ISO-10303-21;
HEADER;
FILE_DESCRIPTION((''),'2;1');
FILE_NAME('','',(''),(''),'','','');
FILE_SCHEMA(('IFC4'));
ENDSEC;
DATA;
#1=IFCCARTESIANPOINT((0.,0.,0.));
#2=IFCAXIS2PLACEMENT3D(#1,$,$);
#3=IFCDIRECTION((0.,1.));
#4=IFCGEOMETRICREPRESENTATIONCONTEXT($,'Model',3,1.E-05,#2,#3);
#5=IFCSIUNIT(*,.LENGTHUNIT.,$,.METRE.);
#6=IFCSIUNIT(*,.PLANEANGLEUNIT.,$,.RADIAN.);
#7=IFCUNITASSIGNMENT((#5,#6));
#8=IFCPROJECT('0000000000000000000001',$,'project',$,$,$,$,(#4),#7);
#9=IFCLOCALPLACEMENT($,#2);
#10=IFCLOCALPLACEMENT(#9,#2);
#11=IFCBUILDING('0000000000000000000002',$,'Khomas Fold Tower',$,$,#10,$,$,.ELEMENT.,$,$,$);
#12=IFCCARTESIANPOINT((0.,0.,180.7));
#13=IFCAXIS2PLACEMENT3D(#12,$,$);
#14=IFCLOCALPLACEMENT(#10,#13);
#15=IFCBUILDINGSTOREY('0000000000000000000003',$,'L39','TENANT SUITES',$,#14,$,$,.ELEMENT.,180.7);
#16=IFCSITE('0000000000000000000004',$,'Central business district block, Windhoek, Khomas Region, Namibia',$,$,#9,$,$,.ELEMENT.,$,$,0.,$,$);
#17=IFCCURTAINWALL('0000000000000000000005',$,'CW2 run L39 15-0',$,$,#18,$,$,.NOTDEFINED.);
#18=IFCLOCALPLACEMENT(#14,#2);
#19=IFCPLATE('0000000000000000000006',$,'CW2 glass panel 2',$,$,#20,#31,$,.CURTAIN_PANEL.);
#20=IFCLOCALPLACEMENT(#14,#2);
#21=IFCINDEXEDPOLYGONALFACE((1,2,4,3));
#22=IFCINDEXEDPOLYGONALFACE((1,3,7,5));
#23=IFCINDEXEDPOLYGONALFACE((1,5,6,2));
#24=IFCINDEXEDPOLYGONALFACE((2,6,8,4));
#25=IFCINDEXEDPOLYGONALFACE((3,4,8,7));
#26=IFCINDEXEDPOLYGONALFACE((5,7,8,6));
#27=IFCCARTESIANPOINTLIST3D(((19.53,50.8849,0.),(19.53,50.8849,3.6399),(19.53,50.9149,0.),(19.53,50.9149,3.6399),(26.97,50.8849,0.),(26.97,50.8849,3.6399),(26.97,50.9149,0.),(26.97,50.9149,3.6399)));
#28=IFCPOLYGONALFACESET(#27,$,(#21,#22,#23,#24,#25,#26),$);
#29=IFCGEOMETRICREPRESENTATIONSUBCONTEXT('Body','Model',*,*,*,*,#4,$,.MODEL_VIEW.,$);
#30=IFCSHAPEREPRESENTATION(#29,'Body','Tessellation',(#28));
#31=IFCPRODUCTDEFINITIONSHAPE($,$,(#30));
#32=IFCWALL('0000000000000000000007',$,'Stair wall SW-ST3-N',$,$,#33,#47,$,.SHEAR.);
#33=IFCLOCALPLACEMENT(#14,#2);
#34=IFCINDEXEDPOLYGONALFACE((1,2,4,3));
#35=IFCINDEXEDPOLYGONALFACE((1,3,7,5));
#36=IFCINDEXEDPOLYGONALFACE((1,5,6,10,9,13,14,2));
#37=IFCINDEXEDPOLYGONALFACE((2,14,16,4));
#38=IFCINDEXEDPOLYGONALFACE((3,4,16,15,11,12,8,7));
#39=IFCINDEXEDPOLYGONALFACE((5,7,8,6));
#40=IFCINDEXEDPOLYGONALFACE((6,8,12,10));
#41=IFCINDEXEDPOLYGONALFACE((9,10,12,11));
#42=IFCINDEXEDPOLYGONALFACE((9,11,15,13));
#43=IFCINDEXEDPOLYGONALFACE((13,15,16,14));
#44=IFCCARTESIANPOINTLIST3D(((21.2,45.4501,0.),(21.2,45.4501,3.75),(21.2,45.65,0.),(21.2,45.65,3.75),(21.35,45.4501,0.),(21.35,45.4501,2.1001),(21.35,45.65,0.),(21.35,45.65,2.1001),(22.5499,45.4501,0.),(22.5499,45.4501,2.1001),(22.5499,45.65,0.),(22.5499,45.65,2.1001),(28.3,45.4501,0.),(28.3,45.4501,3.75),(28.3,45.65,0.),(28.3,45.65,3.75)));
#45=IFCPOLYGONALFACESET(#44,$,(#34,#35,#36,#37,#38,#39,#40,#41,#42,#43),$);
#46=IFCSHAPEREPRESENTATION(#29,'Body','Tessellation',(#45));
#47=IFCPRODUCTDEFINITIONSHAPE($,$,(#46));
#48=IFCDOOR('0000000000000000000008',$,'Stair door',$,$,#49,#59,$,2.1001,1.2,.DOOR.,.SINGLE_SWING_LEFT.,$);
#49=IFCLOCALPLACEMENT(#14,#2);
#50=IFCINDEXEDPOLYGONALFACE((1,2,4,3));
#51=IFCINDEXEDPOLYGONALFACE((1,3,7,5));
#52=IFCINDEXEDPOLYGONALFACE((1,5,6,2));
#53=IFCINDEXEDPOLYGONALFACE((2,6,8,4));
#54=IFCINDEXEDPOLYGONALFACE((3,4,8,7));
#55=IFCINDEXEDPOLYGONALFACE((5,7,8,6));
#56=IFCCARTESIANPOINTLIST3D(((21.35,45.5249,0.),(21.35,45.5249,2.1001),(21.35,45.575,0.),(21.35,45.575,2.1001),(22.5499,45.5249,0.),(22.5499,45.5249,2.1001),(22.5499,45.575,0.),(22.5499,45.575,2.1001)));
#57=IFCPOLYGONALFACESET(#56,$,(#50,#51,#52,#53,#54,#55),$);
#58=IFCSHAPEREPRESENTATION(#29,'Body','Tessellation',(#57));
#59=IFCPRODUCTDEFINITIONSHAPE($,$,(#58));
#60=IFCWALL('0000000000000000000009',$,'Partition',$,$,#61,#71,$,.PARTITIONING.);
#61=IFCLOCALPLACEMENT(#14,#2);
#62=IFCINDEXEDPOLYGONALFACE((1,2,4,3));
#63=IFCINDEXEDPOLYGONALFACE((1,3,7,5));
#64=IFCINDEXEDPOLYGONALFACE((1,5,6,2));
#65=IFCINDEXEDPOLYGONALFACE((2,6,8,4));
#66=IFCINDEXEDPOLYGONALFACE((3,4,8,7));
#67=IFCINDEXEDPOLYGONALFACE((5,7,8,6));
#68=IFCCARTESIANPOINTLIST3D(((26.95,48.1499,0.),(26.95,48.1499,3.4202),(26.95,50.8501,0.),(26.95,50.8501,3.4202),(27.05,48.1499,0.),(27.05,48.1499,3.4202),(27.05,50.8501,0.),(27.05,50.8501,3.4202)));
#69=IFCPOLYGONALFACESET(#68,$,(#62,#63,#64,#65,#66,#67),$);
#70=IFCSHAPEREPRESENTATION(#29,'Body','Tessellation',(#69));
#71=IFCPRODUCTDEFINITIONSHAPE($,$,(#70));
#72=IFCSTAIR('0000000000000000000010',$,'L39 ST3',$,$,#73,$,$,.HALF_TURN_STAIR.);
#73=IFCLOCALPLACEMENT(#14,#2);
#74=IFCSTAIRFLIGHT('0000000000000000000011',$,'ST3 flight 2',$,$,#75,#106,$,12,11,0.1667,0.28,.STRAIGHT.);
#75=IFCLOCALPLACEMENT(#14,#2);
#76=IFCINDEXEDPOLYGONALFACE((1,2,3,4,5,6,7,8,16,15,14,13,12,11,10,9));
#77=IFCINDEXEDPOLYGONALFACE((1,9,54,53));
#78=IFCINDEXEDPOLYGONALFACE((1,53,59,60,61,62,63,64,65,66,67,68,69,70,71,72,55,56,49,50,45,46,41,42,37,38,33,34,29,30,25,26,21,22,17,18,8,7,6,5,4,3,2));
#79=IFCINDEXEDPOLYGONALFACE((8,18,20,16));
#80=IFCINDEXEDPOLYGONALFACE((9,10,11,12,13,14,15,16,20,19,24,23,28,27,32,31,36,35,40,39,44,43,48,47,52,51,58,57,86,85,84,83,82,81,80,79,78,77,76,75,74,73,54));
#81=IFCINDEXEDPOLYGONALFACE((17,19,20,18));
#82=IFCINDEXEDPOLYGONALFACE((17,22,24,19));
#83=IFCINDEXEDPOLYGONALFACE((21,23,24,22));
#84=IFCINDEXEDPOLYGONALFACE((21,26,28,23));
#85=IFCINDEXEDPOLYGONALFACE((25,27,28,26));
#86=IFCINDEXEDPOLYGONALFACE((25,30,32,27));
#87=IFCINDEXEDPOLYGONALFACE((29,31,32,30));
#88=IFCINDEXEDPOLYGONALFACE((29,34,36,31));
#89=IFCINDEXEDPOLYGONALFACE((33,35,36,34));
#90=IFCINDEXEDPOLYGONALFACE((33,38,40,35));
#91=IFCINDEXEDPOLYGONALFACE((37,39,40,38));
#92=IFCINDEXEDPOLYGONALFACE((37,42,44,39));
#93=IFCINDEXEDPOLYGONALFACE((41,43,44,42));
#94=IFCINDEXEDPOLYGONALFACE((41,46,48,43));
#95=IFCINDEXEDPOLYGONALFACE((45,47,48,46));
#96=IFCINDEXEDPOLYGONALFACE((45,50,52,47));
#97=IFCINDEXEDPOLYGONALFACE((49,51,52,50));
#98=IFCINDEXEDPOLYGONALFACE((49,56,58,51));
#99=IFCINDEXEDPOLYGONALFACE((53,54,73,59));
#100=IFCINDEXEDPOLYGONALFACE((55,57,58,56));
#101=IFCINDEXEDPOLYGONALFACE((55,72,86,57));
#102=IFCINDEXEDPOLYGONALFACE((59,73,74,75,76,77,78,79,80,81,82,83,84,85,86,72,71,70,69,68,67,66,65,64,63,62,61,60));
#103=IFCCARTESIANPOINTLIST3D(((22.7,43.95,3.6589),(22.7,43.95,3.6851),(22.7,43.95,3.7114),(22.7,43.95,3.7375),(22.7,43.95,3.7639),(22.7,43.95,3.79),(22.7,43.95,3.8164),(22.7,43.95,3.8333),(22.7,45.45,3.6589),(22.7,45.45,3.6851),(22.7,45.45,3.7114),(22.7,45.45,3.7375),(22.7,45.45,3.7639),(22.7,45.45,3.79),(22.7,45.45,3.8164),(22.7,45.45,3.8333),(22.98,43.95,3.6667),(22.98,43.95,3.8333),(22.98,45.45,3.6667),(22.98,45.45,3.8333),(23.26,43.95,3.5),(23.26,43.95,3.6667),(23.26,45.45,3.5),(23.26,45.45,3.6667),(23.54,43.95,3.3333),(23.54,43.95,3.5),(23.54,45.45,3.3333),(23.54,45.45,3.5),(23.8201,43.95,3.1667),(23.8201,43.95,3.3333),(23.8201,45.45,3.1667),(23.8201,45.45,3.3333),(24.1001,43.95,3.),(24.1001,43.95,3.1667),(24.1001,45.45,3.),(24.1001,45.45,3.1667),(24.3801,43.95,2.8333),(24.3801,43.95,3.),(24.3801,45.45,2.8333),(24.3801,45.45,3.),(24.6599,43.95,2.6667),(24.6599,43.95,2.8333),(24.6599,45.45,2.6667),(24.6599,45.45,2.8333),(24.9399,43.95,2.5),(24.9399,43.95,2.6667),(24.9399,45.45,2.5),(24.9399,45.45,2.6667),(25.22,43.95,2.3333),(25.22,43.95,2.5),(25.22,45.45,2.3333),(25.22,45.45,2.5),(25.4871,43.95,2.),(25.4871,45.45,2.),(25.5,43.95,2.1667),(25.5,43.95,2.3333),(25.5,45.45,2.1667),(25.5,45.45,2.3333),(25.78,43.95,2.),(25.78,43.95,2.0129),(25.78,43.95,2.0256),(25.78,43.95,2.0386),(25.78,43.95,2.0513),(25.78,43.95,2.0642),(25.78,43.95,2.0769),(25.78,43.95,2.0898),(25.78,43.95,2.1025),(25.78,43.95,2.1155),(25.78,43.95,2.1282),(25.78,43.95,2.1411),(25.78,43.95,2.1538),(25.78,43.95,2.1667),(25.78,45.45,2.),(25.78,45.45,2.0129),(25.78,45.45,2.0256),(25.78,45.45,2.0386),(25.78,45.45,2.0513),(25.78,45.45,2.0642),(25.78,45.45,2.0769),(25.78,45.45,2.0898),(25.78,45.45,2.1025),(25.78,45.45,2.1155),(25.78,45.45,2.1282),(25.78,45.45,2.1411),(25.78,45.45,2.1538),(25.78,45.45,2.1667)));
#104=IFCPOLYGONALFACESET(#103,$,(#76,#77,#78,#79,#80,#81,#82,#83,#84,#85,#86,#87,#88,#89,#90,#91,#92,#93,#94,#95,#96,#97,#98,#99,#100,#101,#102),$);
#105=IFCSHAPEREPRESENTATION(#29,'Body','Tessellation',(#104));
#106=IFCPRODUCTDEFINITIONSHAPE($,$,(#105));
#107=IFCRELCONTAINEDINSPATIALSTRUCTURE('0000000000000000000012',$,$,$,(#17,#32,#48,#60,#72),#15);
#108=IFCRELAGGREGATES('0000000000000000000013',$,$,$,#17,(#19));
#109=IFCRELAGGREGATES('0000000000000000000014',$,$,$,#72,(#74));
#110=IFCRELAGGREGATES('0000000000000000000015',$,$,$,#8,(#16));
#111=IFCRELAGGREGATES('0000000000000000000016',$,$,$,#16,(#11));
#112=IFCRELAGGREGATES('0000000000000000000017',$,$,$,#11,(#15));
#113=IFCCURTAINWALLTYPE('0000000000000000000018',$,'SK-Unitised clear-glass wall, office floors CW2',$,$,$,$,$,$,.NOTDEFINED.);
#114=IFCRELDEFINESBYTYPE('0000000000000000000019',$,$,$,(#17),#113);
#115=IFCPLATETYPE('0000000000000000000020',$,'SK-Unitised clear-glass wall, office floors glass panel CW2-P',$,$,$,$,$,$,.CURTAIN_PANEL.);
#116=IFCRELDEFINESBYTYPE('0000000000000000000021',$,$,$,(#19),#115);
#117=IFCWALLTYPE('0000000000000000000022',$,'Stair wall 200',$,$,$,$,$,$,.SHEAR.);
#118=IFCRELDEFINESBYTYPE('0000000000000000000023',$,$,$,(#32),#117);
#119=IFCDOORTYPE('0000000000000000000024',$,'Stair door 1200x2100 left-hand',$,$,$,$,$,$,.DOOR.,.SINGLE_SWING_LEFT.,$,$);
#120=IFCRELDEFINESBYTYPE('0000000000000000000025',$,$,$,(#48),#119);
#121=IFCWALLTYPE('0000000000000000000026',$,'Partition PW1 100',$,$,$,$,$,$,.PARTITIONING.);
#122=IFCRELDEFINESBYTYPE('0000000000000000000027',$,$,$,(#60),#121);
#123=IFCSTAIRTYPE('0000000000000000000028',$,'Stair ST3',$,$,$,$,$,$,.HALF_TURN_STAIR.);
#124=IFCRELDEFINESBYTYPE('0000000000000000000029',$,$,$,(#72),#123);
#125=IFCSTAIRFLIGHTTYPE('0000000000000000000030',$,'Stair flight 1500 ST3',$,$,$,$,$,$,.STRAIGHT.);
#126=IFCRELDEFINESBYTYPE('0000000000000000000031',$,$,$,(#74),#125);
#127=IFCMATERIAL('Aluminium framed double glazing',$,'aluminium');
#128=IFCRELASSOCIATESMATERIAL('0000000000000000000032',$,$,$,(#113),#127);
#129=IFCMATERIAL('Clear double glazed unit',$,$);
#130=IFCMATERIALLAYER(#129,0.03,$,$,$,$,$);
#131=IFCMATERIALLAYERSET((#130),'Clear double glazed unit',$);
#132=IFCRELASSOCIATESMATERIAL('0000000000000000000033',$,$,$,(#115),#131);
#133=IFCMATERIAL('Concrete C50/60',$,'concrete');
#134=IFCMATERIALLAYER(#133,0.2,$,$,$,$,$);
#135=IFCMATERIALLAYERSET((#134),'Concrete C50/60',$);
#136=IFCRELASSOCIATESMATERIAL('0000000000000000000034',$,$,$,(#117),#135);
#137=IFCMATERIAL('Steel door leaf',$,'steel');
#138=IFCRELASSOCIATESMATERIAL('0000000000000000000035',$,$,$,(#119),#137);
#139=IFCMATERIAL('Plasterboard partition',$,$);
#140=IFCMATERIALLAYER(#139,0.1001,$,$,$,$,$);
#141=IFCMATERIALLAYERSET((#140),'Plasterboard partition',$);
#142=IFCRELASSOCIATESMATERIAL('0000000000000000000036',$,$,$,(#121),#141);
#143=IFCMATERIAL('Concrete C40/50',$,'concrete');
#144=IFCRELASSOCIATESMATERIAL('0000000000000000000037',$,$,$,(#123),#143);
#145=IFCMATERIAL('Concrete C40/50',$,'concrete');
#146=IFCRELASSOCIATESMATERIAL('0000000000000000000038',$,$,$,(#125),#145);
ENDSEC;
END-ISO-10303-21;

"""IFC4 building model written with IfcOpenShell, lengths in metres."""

from ifc_helpers import new_model, si_unit, direction, frame, frame_2d, origin, origin_2d, place, context, subcontext, project, spatial, polyline, rectangle, outline, extrude, source, transform, mapped, material, layer, layer_set, type_object, element, fill, aggregate, save


model = new_model("IFC4")

# Units and contexts
model_context = context("Model", 3, precision=1e-05, world=origin(), true_north=direction((0.0, 1.0)))
body_context = subcontext(model_context, "Body", "Model", "MODEL_VIEW")
ifc_project = project(units=[si_unit("LENGTHUNIT", "METRE"), si_unit("PLANEANGLEUNIT", "RADIAN")], contexts=[model_context])

# Site, building, storey
site_placement = place(None, origin())
site = spatial("IfcSite", under=ifc_project, at=site_placement, Name="Central business district block, Windhoek, Khomas Region, Namibia", CompositionType="ELEMENT", RefElevation=0.0)
building_placement = place(site_placement, origin())
building = spatial("IfcBuilding", under=site, at=building_placement, Name="Khomas Fold Tower", CompositionType="ELEMENT")
storey_placement = place(building_placement, frame((0.0, 0.0, 180.7)))
storey = spatial("IfcBuildingStorey", under=building, at=storey_placement, Name="L39", Description="TENANT SUITES", CompositionType="ELEMENT", Elevation=180.7)

# Curtain wall, plate
ifc_material_1 = material(Name="Aluminium framed double glazing", Category="aluminium")
curtain_wall_type = type_object("IfcCurtainWallType", Name="SK-Unitised clear-glass wall, office floors CW2", PredefinedType="NOTDEFINED", material=ifc_material_1)
curtain_wall_placement = place(storey_placement, origin())
curtain_wall = element("IfcCurtainWall", 1, at=curtain_wall_placement, inside=storey, type_object=curtain_wall_type, Name="CW2 run L39 15-0", PredefinedType="NOTDEFINED")
ifc_material_2 = material(Name="Clear double glazed unit")
ifc_layer_1 = layer(ifc_material_2, 0.03)
ifc_layer_set_1 = layer_set([ifc_layer_1], Name="Clear double glazed unit")
plate_type = type_object("IfcPlateType", Name="SK-Unitised clear-glass wall, office floors glass panel CW2-P", PredefinedType="CURTAIN_PANEL", material=ifc_layer_set_1)
shared_shape_1 = source(origin(), body_context, "Body", "SweptSolid", [
    extrude(rectangle(XDim=7.4399, YDim=0.03, at=origin_2d()), origin(), (0.0, 0.0, 1.0), 3.6399),
])
plate_placement = place(storey_placement, frame((23.25, 50.8999, 0.0), z_axis=(0.0, 0.0, 1.0), x_axis=(-1.0, 0.0, 0.0)))
plate = element("IfcPlate", 2, at=plate_placement, type_object=plate_type, Name="CW2 glass panel 2", PredefinedType="CURTAIN_PANEL", context=body_context, shape_type="MappedRepresentation", body=[
    mapped(shared_shape_1, transform((0.0, 0.0, 0.0))),
])
aggregate(curtain_wall, [plate])

# Wall, opening, door
ifc_material_3 = material(Name="Concrete C50/60", Category="concrete")
ifc_layer_2 = layer(ifc_material_3, 0.2)
ifc_layer_set_2 = layer_set([ifc_layer_2], Name="Concrete C50/60")
wall_type_1 = type_object("IfcWallType", Name="Stair wall 200", PredefinedType="SHEAR", material=ifc_layer_set_2)
shared_shape_2 = source(origin(), body_context, "Body", "SweptSolid", [
    extrude(rectangle(XDim=7.1001, YDim=0.2, at=frame_2d((3.55, 0.0))), origin(), (0.0, 0.0, 1.0), 3.75),
])
wall_1_placement = place(storey_placement, frame((21.2, 45.55, 0.0), z_axis=(0.0, 0.0, 1.0), x_axis=(1.0, 0.0, 0.0)))
wall_1 = element("IfcWall", 3, at=wall_1_placement, inside=storey, type_object=wall_type_1, Name="Stair wall SW-ST3-N", PredefinedType="SHEAR", context=body_context, shape_type="MappedRepresentation", body=[
    mapped(shared_shape_2, transform((0.0, 0.0, 0.0))),
])
shared_shape_3 = source(origin(), body_context, "Body", "SweptSolid", [
    extrude(rectangle(XDim=1.2, YDim=2.1001, at=frame_2d((0.6001, 1.05))), frame((0.0, 0.1099, 0.0), z_axis=(0.0, -1.0, 0.0), x_axis=(1.0, 0.0, 0.0)), (0.0, 0.0, 1.0), 0.22),
])
opening_placement = place(wall_1_placement, frame((0.1499, 0.0, 0.0)))
opening = element("IfcOpeningElement", 4, at=opening_placement, cuts=wall_1, PredefinedType="OPENING", context=body_context, shape_type="MappedRepresentation", body=[
    mapped(shared_shape_3, transform((0.0, 0.0, 0.0))),
])
ifc_material_4 = material(Name="Steel door leaf", Category="steel")
door_type = type_object("IfcDoorType", Name="Stair door 1200x2100 left-hand", OperationType="SINGLE_SWING_LEFT", PredefinedType="DOOR", material=ifc_material_4)
shared_shape_4 = source(origin(), body_context, "Body", "SweptSolid", [
    extrude(rectangle(XDim=1.2, YDim=2.1001, at=frame_2d((0.6001, 1.05))), frame((0.0, 0.0249, 0.0), z_axis=(0.0, -1.0, 0.0), x_axis=(1.0, 0.0, 0.0)), (0.0, 0.0, 1.0), 0.05),
])
door_placement = place(opening_placement, origin())
door = element("IfcDoor", 5, at=door_placement, inside=storey, type_object=door_type, Name="Stair door", OperationType="SINGLE_SWING_LEFT", OverallHeight=2.1001, OverallWidth=1.2, PredefinedType="DOOR", context=body_context, shape_type="MappedRepresentation", body=[
    mapped(shared_shape_4, transform((0.0, 0.0, 0.0))),
])
fill(opening, door)

# Wall
ifc_material_5 = material(Name="Plasterboard partition")
ifc_layer_3 = layer(ifc_material_5, 0.1001)
ifc_layer_set_3 = layer_set([ifc_layer_3], Name="Plasterboard partition")
wall_type_2 = type_object("IfcWallType", Name="Partition PW1 100", PredefinedType="PARTITIONING", material=ifc_layer_set_3)
shared_shape_5 = source(origin(), body_context, "Body", "SweptSolid", [
    extrude(rectangle(XDim=2.7002, YDim=0.1001, at=frame_2d((1.3501, 0.0))), origin(), (0.0, 0.0, 1.0), 3.4202),
])
wall_2_placement = place(storey_placement, frame((27.0, 48.1499, 0.0), z_axis=(0.0, 0.0, 1.0), x_axis=(0.0, 1.0, 0.0)))
element("IfcWall", 6, at=wall_2_placement, inside=storey, type_object=wall_type_2, Name="Partition", PredefinedType="PARTITIONING", context=body_context, shape_type="MappedRepresentation", body=[
    mapped(shared_shape_5, transform((0.0, 0.0, 0.0))),
])

# Stair, stair flight
ifc_material_6 = material(Name="Concrete C40/50", Category="concrete")
stair_type = type_object("IfcStairType", Name="Stair ST3", PredefinedType="HALF_TURN_STAIR", material=ifc_material_6)
stair_placement = place(storey_placement, origin())
stair = element("IfcStair", 7, at=stair_placement, inside=storey, type_object=stair_type, Name="L39 ST3", PredefinedType="HALF_TURN_STAIR")
ifc_material_7 = material(Name="Concrete C40/50", Category="concrete")
stair_flight_type = type_object("IfcStairFlightType", Name="Stair flight 1500 ST3", PredefinedType="STRAIGHT", material=ifc_material_7)
shared_shape_6 = source(origin(), body_context, "Body", "SweptSolid", [
    extrude(outline(polyline([(0.0, 0.0), (0.0, 0.0129), (0.0, 0.0256), (0.0, 0.0386), (0.0, 0.0513), (0.0, 0.0642), (0.0, 0.0769), (0.0, 0.0898), (0.0, 0.1025), (0.0, 0.1155), (0.0, 0.1282), (0.0, 0.1411), (0.0, 0.1538), (0.0, 0.1667), (0.28, 0.1667), (0.28, 0.3333), (0.5601, 0.3333), (0.5601, 0.5), (0.8401, 0.5), (0.8401, 0.6667), (1.1201, 0.6667), (1.1201, 0.8333), (1.3999, 0.8333), (1.3999, 1.0), (1.6799, 1.0), (1.6799, 1.1667), (1.96, 1.1667), (1.96, 1.3333), (2.24, 1.3333), (2.24, 1.5), (2.52, 1.5), (2.52, 1.6667), (2.8, 1.6667), (2.8, 1.8333), (3.0801, 1.8333), (3.0801, 2.0), (3.0801, 1.9739), (3.0801, 1.9475), (3.0801, 1.9214), (3.0801, 1.895), (3.0801, 1.8689), (3.0801, 1.8425), (3.0801, 1.8164), (3.0801, 1.79), (3.0801, 1.7639), (3.0801, 1.7375), (3.0801, 1.7114), (3.0801, 1.6851), (3.0801, 1.6589), (0.293, 0.0), (0.0, 0.0)])), frame((0.0, 0.75, 0.0), z_axis=(0.0, -1.0, 0.0), x_axis=(1.0, 0.0, 0.0)), (0.0, 0.0, 1.0), 1.5),
])
stair_flight_placement = place(storey_placement, frame((25.78, 44.7, 2.0), z_axis=(0.0, 0.0, 1.0), x_axis=(-1.0, 0.0, 0.0)))
stair_flight = element("IfcStairFlight", 8, at=stair_flight_placement, type_object=stair_flight_type, Name="ST3 flight 2", NumberOfRisers=12, NumberOfTreads=11, PredefinedType="STRAIGHT", RiserHeight=0.1667, TreadLength=0.28, context=body_context, shape_type="MappedRepresentation", body=[
    mapped(shared_shape_6, transform((0.0, 0.0, 0.0))),
])
aggregate(stair, [stair_flight])

save(model, "model.ifc")
